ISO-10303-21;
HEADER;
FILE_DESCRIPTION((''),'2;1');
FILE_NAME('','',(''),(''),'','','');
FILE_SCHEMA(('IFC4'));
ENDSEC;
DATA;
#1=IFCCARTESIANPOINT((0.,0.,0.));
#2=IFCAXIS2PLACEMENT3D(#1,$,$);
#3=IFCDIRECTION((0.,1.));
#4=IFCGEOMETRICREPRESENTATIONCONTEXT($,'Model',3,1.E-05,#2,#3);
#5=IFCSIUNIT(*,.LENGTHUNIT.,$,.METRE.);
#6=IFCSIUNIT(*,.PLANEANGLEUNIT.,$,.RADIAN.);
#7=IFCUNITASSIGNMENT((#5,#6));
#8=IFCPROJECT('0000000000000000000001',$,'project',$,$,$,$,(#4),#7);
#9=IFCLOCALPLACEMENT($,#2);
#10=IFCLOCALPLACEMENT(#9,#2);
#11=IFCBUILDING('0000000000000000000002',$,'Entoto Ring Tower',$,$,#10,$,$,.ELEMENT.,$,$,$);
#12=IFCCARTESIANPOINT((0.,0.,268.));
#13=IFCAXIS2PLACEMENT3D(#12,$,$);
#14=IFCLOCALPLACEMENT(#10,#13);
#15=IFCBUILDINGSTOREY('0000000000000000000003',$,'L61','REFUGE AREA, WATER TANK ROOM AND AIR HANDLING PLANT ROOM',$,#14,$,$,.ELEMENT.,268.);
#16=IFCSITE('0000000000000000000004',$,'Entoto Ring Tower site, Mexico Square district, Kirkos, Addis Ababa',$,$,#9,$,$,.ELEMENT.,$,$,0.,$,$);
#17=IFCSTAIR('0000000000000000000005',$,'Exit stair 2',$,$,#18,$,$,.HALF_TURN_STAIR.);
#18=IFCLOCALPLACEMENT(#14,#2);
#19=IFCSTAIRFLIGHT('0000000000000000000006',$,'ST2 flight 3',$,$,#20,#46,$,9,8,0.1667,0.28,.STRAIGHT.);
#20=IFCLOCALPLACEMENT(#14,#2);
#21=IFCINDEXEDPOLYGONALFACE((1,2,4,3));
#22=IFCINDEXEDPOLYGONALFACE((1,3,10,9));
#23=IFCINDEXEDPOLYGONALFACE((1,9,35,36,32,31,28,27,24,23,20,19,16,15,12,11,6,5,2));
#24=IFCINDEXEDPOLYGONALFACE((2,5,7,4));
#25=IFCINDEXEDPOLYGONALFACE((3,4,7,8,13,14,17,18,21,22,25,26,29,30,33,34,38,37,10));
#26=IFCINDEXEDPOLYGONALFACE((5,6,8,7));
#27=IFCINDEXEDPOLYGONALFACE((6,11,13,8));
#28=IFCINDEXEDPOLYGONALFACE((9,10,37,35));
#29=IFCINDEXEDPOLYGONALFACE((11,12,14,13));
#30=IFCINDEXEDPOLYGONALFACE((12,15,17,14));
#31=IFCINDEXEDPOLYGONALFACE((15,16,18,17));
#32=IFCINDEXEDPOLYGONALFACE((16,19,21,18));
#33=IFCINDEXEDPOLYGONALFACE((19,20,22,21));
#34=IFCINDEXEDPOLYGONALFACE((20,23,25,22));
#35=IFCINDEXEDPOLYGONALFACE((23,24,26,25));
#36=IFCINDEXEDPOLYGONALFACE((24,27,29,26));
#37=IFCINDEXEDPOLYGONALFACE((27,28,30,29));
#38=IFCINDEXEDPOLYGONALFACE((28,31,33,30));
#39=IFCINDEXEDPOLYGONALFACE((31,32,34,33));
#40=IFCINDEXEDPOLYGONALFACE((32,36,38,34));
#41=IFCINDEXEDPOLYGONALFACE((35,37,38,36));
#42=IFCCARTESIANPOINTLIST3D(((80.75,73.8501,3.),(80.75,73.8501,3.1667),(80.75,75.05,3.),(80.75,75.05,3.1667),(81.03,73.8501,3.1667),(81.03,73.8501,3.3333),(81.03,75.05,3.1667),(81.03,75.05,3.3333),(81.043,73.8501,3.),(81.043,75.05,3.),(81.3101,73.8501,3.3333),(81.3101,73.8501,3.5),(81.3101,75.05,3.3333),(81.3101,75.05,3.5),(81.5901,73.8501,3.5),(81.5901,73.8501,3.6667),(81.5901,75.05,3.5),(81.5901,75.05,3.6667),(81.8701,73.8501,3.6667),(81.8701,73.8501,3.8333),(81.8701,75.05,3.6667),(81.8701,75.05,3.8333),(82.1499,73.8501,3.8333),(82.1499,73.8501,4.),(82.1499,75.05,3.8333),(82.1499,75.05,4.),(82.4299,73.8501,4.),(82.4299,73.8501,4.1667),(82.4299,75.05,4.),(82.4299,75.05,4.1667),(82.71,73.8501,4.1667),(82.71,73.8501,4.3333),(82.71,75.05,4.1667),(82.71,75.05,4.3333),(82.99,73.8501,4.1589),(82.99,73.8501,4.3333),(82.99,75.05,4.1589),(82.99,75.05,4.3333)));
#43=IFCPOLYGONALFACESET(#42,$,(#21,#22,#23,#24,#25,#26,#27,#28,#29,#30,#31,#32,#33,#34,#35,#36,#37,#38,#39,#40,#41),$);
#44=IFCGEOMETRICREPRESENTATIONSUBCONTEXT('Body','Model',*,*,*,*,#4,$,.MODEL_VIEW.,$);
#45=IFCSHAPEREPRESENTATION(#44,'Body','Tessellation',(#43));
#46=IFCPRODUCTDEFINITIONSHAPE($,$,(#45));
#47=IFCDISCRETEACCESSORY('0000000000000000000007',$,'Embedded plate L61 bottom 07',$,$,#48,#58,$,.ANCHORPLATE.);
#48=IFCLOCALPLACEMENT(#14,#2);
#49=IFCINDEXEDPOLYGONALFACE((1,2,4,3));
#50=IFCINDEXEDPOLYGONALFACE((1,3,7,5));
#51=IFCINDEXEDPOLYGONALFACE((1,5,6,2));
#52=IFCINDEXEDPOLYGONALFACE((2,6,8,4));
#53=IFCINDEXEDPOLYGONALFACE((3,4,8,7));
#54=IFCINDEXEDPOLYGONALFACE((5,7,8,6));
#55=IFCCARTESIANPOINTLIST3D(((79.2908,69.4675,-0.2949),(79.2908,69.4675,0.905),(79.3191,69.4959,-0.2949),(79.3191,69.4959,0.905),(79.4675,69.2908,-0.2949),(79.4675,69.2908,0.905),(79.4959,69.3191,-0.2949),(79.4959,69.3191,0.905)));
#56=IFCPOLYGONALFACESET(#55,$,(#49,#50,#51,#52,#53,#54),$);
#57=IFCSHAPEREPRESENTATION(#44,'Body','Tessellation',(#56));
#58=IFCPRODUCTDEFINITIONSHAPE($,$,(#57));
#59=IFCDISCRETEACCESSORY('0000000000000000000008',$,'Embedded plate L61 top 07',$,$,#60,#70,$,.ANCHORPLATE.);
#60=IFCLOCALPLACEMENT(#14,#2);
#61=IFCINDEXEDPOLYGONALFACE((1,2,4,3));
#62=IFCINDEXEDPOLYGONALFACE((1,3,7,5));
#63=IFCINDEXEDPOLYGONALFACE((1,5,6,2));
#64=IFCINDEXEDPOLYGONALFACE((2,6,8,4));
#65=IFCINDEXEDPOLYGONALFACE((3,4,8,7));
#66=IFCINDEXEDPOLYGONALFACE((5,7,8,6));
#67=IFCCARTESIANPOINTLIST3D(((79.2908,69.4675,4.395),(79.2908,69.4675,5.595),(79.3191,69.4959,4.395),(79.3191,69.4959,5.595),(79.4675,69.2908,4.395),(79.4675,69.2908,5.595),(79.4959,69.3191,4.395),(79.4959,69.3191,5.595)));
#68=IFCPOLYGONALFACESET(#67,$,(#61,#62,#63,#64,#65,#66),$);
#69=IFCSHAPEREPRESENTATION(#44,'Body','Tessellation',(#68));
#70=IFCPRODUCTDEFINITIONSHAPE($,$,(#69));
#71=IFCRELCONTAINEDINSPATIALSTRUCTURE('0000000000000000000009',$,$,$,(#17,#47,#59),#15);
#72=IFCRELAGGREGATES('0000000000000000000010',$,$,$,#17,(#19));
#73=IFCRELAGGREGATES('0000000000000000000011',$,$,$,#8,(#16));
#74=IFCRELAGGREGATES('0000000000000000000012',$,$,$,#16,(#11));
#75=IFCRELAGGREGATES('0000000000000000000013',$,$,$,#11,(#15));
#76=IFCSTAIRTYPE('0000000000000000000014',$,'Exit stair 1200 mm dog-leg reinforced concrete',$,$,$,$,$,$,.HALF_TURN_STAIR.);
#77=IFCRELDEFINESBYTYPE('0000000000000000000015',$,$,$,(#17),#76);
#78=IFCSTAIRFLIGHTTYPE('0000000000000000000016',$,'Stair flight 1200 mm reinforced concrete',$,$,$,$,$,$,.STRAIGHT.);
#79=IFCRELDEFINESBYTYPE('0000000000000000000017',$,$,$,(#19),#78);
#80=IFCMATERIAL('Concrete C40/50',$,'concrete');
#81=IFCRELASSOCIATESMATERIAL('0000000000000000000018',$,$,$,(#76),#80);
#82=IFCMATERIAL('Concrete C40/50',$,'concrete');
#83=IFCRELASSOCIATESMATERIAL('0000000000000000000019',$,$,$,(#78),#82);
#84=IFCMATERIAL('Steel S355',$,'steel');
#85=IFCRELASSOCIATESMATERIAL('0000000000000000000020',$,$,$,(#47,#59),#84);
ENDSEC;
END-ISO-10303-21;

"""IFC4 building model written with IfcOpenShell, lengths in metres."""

from ifc_helpers import new_model, si_unit, direction, frame, origin, origin_2d, place, context, subcontext, project, spatial, polyline, rectangle, outline, extrude, material, type_object, element, aggregate, save


model = new_model("IFC4")

# Units and contexts
model_context = context("Model", 3, precision=1e-05, world=origin(), true_north=direction((0.0, 1.0)))
body_context = subcontext(model_context, "Body", "Model", "MODEL_VIEW")
ifc_project = project(units=[si_unit("LENGTHUNIT", "METRE"), si_unit("PLANEANGLEUNIT", "RADIAN")], contexts=[model_context])

# Site, building, storey
site_placement = place(None, origin())
site = spatial("IfcSite", under=ifc_project, at=site_placement, Name="Entoto Ring Tower site, Mexico Square district, Kirkos, Addis Ababa", CompositionType="ELEMENT", RefElevation=0.0)
building_placement = place(site_placement, origin())
building = spatial("IfcBuilding", under=site, at=building_placement, Name="Entoto Ring Tower", CompositionType="ELEMENT")
storey_placement = place(building_placement, frame((0.0, 0.0, 268.0)))
storey = spatial("IfcBuildingStorey", under=building, at=storey_placement, Name="L61", Description="REFUGE AREA, WATER TANK ROOM AND AIR HANDLING PLANT ROOM", CompositionType="ELEMENT", Elevation=268.0)

# Stair, stair flight
ifc_material_1 = material(Name="Concrete C40/50", Category="concrete")
stair_type = type_object("IfcStairType", Name="Exit stair 1200 mm dog-leg reinforced concrete", PredefinedType="HALF_TURN_STAIR", material=ifc_material_1)
stair_placement = place(storey_placement, origin())
stair = element("IfcStair", 1, at=stair_placement, inside=storey, type_object=stair_type, Name="Exit stair 2", PredefinedType="HALF_TURN_STAIR")
ifc_material_2 = material(Name="Concrete C40/50", Category="concrete")
stair_flight_type = type_object("IfcStairFlightType", Name="Stair flight 1200 mm reinforced concrete", PredefinedType="STRAIGHT", material=ifc_material_2)
stair_flight_1_placement = place(storey_placement, frame((80.75, 74.45, 3.0), z_axis=(0.0, 0.0, 1.0), x_axis=(1.0, 0.0, 0.0)))
stair_flight_1 = element("IfcStairFlight", 2, at=stair_flight_1_placement, type_object=stair_flight_type, Name="ST2 flight 3", NumberOfRisers=9, NumberOfTreads=8, PredefinedType="STRAIGHT", RiserHeight=0.1667, TreadLength=0.28, context=body_context, shape_type="SweptSolid", body=[
    extrude(outline(polyline([(0.0, 0.0), (0.0, 0.1667), (0.28, 0.1667), (0.28, 0.3333), (0.5601, 0.3333), (0.5601, 0.5), (0.8401, 0.5), (0.8401, 0.6667), (1.1201, 0.6667), (1.1201, 0.8333), (1.3999, 0.8333), (1.3999, 1.0), (1.6799, 1.0), (1.6799, 1.1667), (1.96, 1.1667), (1.96, 1.3333), (2.24, 1.3333), (2.24, 1.5), (2.24, 1.1589), (0.293, 0.0), (0.0, 0.0)])), frame((0.0, 0.6001, 0.0), z_axis=(0.0, -1.0, 0.0), x_axis=(1.0, 0.0, 0.0)), (0.0, 0.0, 1.0), 1.2),
])
aggregate(stair, [stair_flight_1])

# Discrete accessories
ifc_material_3 = material(Name="Steel S355", Category="steel")
for number, where, z_axis, x_axis, name in (
    (3, (79.3933, 69.3933, -0.2949), (0.0, 0.0, 1.0), (-0.707107, -0.707107, 0.0), "Embedded plate L61 bottom 07"),
    (4, (79.3933, 69.3933, 4.395), (0.0, 0.0, 1.0), (-0.707107, -0.707107, 0.0), "Embedded plate L61 top 07"),
):
    element("IfcDiscreteAccessory", number, at=place(storey_placement, frame(where, z_axis=z_axis, x_axis=x_axis)), inside=storey, material=ifc_material_3, Name=name, PredefinedType="ANCHORPLATE", context=body_context, shape_type="SweptSolid", body=[
        extrude(rectangle(XDim=0.04, YDim=0.25, at=origin_2d()), origin(), (0.0, 0.0, 1.0), 1.2),
    ])

save(model, "model.ifc")
